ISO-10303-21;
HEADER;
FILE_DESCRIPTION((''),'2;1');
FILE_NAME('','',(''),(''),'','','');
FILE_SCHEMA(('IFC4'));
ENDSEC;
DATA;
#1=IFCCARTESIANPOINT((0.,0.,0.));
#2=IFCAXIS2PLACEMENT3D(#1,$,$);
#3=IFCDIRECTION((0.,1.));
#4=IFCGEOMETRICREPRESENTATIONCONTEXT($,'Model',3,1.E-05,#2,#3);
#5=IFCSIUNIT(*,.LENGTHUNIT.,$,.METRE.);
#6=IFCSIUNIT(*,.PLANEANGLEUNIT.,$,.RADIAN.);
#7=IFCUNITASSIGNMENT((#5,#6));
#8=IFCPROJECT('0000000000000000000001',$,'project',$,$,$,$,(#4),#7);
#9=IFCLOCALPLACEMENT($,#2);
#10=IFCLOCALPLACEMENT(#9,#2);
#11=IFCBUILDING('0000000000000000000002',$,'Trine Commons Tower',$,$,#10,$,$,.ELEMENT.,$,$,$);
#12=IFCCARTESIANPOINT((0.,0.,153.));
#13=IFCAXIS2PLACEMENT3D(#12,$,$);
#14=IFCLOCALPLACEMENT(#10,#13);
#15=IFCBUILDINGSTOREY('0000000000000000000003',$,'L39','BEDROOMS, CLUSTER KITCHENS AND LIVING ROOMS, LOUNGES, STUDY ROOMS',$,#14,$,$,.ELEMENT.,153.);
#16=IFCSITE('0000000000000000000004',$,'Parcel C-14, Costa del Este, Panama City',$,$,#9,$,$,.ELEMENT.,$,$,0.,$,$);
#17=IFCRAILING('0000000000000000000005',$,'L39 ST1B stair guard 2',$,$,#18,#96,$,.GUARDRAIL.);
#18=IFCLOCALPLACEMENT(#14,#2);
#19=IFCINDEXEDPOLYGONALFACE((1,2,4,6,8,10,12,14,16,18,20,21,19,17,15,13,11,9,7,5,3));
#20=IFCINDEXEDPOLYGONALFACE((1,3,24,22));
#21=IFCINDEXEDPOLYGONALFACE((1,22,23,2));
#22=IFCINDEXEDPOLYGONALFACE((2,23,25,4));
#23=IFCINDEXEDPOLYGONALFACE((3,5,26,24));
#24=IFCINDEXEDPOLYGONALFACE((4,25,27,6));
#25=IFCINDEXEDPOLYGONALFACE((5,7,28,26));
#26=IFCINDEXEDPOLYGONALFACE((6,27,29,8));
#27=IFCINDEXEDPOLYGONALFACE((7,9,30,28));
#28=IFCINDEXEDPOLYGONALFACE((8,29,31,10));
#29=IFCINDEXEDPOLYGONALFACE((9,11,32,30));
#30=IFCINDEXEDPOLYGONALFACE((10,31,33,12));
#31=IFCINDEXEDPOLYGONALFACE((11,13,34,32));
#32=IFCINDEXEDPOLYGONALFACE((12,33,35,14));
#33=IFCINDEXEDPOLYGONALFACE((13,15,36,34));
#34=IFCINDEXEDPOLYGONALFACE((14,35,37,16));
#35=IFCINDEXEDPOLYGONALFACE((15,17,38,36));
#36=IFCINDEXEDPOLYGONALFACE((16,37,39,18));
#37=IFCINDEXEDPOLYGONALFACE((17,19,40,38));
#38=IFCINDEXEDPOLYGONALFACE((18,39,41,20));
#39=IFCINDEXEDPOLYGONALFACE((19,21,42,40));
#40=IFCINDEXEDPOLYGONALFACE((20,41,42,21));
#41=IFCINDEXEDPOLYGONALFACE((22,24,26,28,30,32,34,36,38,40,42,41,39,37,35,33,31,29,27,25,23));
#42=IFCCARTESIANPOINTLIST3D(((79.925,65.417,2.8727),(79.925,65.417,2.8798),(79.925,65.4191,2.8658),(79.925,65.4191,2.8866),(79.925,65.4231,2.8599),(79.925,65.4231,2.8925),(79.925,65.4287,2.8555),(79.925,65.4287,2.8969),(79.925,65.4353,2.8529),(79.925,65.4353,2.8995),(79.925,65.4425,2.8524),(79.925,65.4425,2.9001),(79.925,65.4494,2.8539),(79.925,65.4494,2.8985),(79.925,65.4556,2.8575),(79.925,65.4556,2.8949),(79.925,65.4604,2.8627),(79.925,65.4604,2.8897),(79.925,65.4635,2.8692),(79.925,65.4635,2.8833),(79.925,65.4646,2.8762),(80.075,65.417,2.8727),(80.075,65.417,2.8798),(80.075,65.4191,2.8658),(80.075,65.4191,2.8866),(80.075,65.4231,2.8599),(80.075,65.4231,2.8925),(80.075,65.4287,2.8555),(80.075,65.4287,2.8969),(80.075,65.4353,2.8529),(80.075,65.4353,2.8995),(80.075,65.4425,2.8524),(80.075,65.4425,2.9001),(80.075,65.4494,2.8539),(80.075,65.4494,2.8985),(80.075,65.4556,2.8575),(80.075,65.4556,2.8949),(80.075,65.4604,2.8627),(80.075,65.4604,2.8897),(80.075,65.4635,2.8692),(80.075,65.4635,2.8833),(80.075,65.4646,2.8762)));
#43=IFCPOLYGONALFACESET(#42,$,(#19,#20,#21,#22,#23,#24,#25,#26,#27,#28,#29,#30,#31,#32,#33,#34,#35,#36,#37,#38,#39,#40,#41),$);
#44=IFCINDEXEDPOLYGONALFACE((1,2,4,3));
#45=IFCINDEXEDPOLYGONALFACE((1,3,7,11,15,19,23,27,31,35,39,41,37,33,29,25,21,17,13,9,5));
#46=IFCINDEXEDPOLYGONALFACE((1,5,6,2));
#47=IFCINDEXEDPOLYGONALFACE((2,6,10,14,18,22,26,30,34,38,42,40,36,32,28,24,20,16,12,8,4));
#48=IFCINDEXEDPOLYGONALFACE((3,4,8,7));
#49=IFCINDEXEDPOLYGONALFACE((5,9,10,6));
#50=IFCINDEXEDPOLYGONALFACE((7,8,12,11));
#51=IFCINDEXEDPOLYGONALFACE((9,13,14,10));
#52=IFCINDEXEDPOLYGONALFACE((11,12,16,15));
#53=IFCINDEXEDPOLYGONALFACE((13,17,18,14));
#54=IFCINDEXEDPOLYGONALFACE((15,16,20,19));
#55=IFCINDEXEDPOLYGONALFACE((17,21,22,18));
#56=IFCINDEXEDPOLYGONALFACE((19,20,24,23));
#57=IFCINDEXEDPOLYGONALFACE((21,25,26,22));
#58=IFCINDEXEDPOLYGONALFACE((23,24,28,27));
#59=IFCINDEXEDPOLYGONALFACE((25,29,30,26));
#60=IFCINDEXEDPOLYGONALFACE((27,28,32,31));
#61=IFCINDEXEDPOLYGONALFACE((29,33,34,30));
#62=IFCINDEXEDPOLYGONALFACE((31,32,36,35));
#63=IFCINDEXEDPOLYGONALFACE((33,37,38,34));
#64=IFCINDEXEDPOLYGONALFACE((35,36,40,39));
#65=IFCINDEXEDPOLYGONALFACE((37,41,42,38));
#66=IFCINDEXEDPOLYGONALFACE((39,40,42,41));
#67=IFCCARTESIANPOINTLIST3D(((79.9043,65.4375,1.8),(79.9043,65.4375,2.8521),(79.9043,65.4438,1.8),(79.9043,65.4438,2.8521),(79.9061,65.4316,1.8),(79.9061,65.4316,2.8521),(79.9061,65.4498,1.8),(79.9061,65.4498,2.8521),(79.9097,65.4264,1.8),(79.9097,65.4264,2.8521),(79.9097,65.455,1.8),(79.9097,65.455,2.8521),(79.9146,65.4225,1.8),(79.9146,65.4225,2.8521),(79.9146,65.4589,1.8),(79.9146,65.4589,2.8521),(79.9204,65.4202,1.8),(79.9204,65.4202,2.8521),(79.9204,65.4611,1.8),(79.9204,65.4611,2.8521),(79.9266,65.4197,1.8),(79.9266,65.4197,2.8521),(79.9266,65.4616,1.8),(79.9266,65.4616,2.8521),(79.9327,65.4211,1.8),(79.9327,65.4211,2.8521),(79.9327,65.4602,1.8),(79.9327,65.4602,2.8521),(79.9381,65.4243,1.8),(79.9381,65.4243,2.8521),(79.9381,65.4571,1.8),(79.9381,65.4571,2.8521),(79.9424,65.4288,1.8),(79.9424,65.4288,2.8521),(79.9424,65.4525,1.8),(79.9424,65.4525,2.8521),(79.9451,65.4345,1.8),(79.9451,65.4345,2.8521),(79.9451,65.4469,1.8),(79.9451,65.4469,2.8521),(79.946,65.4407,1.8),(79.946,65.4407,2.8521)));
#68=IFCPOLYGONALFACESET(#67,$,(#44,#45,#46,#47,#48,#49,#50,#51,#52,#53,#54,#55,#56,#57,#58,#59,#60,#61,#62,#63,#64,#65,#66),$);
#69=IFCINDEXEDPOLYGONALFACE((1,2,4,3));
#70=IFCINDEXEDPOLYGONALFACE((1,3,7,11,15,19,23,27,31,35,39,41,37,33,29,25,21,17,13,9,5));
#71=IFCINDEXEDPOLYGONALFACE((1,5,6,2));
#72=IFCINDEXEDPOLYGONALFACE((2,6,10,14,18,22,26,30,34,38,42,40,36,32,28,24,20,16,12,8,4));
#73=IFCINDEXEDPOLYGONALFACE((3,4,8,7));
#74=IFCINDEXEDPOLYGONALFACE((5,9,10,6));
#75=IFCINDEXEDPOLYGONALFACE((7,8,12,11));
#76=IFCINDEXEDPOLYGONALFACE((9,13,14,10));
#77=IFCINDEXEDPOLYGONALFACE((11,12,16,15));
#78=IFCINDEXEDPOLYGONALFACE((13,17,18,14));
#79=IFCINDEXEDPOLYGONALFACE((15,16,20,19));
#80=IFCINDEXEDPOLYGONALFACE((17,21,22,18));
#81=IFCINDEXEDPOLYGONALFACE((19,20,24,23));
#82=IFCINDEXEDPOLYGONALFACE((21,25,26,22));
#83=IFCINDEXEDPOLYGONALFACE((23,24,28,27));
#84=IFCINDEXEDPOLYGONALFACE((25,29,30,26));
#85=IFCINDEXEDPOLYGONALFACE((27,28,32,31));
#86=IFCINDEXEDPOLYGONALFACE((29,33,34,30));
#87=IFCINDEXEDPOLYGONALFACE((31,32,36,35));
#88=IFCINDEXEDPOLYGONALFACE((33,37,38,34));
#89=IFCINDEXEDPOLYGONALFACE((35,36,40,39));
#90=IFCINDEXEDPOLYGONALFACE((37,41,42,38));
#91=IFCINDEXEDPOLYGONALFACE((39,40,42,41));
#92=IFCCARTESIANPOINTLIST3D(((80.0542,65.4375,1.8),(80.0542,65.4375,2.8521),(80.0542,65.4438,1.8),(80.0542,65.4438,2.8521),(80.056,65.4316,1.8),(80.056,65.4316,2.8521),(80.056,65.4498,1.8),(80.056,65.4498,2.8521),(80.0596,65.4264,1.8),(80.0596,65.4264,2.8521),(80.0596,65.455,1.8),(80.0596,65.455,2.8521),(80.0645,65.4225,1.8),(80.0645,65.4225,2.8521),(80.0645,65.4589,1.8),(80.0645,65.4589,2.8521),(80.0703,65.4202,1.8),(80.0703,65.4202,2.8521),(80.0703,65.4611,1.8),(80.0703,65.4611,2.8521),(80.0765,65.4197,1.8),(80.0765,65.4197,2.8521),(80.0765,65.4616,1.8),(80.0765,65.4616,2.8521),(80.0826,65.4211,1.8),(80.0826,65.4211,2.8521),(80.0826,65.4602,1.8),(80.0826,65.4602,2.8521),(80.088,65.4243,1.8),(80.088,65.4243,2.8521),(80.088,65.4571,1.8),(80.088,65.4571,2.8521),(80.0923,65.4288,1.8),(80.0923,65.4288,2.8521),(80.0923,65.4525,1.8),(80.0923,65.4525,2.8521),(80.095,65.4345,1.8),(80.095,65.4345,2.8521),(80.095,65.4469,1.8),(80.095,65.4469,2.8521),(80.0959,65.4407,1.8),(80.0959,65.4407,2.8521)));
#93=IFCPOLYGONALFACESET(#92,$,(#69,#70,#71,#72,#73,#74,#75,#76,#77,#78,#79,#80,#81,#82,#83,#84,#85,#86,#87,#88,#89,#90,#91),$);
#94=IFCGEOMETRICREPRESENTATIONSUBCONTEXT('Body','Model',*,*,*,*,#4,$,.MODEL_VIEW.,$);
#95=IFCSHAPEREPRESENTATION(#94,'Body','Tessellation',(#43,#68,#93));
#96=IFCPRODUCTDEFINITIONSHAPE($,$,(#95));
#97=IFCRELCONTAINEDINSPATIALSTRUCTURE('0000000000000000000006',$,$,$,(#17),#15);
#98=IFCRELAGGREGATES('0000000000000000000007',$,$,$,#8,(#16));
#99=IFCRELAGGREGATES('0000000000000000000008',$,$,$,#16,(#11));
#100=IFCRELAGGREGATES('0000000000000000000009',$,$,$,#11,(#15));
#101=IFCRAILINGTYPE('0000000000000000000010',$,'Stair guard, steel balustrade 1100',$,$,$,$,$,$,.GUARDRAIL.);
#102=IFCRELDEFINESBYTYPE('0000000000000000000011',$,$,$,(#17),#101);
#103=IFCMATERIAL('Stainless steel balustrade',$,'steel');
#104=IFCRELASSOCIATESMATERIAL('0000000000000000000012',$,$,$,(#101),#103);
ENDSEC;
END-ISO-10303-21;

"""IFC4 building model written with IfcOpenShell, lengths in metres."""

from ifc_helpers import new_model, si_unit, direction, frame, origin, origin_2d, place, context, subcontext, project, spatial, circle, extrude, material, type_object, element, save


model = new_model("IFC4")

# Units and contexts
model_context = context("Model", 3, precision=1e-05, world=origin(), true_north=direction((0.0, 1.0)))
body_context = subcontext(model_context, "Body", "Model", "MODEL_VIEW")
ifc_project = project(units=[si_unit("LENGTHUNIT", "METRE"), si_unit("PLANEANGLEUNIT", "RADIAN")], contexts=[model_context])

# Site, building, storey
site_placement = place(None, origin())
site = spatial("IfcSite", under=ifc_project, at=site_placement, Name="Parcel C-14, Costa del Este, Panama City", CompositionType="ELEMENT", RefElevation=0.0)
building_placement = place(site_placement, origin())
building = spatial("IfcBuilding", under=site, at=building_placement, Name="Trine Commons Tower", CompositionType="ELEMENT")
storey_placement = place(building_placement, frame((0.0, 0.0, 153.0)))
storey = spatial("IfcBuildingStorey", under=building, at=storey_placement, Name="L39", Description="BEDROOMS, CLUSTER KITCHENS AND LIVING ROOMS, LOUNGES, STUDY ROOMS", CompositionType="ELEMENT", Elevation=153.0)

# Railing
ifc_material_1 = material(Name="Stainless steel balustrade", Category="steel")
railing_type_1 = type_object("IfcRailingType", Name="Stair guard, steel balustrade 1100", PredefinedType="GUARDRAIL", material=ifc_material_1)
railing_1_placement = place(storey_placement, frame((79.925, 65.4407, 1.8)))
element("IfcRailing", 1, at=railing_1_placement, inside=storey, type_object=railing_type_1, Name="L39 ST1B stair guard 2", PredefinedType="GUARDRAIL", context=body_context, shape_type="SweptSolid", body=[
    extrude(circle(Radius=0.0239, at=origin_2d()), frame((0.0, 0.0, 1.0762), z_axis=(1.0, 0.0, 0.0), x_axis=(0.0, 1.0, 0.0)), (0.0, 0.0, 1.0), 0.1499),
    extrude(circle(Radius=0.021, at=origin_2d()), origin(), (0.0, 0.0, 1.0), 1.052),
    extrude(circle(Radius=0.021, at=origin_2d()), frame((0.1499, 0.0, 0.0)), (0.0, 0.0, 1.0), 1.052),
])

save(model, "model.ifc")
